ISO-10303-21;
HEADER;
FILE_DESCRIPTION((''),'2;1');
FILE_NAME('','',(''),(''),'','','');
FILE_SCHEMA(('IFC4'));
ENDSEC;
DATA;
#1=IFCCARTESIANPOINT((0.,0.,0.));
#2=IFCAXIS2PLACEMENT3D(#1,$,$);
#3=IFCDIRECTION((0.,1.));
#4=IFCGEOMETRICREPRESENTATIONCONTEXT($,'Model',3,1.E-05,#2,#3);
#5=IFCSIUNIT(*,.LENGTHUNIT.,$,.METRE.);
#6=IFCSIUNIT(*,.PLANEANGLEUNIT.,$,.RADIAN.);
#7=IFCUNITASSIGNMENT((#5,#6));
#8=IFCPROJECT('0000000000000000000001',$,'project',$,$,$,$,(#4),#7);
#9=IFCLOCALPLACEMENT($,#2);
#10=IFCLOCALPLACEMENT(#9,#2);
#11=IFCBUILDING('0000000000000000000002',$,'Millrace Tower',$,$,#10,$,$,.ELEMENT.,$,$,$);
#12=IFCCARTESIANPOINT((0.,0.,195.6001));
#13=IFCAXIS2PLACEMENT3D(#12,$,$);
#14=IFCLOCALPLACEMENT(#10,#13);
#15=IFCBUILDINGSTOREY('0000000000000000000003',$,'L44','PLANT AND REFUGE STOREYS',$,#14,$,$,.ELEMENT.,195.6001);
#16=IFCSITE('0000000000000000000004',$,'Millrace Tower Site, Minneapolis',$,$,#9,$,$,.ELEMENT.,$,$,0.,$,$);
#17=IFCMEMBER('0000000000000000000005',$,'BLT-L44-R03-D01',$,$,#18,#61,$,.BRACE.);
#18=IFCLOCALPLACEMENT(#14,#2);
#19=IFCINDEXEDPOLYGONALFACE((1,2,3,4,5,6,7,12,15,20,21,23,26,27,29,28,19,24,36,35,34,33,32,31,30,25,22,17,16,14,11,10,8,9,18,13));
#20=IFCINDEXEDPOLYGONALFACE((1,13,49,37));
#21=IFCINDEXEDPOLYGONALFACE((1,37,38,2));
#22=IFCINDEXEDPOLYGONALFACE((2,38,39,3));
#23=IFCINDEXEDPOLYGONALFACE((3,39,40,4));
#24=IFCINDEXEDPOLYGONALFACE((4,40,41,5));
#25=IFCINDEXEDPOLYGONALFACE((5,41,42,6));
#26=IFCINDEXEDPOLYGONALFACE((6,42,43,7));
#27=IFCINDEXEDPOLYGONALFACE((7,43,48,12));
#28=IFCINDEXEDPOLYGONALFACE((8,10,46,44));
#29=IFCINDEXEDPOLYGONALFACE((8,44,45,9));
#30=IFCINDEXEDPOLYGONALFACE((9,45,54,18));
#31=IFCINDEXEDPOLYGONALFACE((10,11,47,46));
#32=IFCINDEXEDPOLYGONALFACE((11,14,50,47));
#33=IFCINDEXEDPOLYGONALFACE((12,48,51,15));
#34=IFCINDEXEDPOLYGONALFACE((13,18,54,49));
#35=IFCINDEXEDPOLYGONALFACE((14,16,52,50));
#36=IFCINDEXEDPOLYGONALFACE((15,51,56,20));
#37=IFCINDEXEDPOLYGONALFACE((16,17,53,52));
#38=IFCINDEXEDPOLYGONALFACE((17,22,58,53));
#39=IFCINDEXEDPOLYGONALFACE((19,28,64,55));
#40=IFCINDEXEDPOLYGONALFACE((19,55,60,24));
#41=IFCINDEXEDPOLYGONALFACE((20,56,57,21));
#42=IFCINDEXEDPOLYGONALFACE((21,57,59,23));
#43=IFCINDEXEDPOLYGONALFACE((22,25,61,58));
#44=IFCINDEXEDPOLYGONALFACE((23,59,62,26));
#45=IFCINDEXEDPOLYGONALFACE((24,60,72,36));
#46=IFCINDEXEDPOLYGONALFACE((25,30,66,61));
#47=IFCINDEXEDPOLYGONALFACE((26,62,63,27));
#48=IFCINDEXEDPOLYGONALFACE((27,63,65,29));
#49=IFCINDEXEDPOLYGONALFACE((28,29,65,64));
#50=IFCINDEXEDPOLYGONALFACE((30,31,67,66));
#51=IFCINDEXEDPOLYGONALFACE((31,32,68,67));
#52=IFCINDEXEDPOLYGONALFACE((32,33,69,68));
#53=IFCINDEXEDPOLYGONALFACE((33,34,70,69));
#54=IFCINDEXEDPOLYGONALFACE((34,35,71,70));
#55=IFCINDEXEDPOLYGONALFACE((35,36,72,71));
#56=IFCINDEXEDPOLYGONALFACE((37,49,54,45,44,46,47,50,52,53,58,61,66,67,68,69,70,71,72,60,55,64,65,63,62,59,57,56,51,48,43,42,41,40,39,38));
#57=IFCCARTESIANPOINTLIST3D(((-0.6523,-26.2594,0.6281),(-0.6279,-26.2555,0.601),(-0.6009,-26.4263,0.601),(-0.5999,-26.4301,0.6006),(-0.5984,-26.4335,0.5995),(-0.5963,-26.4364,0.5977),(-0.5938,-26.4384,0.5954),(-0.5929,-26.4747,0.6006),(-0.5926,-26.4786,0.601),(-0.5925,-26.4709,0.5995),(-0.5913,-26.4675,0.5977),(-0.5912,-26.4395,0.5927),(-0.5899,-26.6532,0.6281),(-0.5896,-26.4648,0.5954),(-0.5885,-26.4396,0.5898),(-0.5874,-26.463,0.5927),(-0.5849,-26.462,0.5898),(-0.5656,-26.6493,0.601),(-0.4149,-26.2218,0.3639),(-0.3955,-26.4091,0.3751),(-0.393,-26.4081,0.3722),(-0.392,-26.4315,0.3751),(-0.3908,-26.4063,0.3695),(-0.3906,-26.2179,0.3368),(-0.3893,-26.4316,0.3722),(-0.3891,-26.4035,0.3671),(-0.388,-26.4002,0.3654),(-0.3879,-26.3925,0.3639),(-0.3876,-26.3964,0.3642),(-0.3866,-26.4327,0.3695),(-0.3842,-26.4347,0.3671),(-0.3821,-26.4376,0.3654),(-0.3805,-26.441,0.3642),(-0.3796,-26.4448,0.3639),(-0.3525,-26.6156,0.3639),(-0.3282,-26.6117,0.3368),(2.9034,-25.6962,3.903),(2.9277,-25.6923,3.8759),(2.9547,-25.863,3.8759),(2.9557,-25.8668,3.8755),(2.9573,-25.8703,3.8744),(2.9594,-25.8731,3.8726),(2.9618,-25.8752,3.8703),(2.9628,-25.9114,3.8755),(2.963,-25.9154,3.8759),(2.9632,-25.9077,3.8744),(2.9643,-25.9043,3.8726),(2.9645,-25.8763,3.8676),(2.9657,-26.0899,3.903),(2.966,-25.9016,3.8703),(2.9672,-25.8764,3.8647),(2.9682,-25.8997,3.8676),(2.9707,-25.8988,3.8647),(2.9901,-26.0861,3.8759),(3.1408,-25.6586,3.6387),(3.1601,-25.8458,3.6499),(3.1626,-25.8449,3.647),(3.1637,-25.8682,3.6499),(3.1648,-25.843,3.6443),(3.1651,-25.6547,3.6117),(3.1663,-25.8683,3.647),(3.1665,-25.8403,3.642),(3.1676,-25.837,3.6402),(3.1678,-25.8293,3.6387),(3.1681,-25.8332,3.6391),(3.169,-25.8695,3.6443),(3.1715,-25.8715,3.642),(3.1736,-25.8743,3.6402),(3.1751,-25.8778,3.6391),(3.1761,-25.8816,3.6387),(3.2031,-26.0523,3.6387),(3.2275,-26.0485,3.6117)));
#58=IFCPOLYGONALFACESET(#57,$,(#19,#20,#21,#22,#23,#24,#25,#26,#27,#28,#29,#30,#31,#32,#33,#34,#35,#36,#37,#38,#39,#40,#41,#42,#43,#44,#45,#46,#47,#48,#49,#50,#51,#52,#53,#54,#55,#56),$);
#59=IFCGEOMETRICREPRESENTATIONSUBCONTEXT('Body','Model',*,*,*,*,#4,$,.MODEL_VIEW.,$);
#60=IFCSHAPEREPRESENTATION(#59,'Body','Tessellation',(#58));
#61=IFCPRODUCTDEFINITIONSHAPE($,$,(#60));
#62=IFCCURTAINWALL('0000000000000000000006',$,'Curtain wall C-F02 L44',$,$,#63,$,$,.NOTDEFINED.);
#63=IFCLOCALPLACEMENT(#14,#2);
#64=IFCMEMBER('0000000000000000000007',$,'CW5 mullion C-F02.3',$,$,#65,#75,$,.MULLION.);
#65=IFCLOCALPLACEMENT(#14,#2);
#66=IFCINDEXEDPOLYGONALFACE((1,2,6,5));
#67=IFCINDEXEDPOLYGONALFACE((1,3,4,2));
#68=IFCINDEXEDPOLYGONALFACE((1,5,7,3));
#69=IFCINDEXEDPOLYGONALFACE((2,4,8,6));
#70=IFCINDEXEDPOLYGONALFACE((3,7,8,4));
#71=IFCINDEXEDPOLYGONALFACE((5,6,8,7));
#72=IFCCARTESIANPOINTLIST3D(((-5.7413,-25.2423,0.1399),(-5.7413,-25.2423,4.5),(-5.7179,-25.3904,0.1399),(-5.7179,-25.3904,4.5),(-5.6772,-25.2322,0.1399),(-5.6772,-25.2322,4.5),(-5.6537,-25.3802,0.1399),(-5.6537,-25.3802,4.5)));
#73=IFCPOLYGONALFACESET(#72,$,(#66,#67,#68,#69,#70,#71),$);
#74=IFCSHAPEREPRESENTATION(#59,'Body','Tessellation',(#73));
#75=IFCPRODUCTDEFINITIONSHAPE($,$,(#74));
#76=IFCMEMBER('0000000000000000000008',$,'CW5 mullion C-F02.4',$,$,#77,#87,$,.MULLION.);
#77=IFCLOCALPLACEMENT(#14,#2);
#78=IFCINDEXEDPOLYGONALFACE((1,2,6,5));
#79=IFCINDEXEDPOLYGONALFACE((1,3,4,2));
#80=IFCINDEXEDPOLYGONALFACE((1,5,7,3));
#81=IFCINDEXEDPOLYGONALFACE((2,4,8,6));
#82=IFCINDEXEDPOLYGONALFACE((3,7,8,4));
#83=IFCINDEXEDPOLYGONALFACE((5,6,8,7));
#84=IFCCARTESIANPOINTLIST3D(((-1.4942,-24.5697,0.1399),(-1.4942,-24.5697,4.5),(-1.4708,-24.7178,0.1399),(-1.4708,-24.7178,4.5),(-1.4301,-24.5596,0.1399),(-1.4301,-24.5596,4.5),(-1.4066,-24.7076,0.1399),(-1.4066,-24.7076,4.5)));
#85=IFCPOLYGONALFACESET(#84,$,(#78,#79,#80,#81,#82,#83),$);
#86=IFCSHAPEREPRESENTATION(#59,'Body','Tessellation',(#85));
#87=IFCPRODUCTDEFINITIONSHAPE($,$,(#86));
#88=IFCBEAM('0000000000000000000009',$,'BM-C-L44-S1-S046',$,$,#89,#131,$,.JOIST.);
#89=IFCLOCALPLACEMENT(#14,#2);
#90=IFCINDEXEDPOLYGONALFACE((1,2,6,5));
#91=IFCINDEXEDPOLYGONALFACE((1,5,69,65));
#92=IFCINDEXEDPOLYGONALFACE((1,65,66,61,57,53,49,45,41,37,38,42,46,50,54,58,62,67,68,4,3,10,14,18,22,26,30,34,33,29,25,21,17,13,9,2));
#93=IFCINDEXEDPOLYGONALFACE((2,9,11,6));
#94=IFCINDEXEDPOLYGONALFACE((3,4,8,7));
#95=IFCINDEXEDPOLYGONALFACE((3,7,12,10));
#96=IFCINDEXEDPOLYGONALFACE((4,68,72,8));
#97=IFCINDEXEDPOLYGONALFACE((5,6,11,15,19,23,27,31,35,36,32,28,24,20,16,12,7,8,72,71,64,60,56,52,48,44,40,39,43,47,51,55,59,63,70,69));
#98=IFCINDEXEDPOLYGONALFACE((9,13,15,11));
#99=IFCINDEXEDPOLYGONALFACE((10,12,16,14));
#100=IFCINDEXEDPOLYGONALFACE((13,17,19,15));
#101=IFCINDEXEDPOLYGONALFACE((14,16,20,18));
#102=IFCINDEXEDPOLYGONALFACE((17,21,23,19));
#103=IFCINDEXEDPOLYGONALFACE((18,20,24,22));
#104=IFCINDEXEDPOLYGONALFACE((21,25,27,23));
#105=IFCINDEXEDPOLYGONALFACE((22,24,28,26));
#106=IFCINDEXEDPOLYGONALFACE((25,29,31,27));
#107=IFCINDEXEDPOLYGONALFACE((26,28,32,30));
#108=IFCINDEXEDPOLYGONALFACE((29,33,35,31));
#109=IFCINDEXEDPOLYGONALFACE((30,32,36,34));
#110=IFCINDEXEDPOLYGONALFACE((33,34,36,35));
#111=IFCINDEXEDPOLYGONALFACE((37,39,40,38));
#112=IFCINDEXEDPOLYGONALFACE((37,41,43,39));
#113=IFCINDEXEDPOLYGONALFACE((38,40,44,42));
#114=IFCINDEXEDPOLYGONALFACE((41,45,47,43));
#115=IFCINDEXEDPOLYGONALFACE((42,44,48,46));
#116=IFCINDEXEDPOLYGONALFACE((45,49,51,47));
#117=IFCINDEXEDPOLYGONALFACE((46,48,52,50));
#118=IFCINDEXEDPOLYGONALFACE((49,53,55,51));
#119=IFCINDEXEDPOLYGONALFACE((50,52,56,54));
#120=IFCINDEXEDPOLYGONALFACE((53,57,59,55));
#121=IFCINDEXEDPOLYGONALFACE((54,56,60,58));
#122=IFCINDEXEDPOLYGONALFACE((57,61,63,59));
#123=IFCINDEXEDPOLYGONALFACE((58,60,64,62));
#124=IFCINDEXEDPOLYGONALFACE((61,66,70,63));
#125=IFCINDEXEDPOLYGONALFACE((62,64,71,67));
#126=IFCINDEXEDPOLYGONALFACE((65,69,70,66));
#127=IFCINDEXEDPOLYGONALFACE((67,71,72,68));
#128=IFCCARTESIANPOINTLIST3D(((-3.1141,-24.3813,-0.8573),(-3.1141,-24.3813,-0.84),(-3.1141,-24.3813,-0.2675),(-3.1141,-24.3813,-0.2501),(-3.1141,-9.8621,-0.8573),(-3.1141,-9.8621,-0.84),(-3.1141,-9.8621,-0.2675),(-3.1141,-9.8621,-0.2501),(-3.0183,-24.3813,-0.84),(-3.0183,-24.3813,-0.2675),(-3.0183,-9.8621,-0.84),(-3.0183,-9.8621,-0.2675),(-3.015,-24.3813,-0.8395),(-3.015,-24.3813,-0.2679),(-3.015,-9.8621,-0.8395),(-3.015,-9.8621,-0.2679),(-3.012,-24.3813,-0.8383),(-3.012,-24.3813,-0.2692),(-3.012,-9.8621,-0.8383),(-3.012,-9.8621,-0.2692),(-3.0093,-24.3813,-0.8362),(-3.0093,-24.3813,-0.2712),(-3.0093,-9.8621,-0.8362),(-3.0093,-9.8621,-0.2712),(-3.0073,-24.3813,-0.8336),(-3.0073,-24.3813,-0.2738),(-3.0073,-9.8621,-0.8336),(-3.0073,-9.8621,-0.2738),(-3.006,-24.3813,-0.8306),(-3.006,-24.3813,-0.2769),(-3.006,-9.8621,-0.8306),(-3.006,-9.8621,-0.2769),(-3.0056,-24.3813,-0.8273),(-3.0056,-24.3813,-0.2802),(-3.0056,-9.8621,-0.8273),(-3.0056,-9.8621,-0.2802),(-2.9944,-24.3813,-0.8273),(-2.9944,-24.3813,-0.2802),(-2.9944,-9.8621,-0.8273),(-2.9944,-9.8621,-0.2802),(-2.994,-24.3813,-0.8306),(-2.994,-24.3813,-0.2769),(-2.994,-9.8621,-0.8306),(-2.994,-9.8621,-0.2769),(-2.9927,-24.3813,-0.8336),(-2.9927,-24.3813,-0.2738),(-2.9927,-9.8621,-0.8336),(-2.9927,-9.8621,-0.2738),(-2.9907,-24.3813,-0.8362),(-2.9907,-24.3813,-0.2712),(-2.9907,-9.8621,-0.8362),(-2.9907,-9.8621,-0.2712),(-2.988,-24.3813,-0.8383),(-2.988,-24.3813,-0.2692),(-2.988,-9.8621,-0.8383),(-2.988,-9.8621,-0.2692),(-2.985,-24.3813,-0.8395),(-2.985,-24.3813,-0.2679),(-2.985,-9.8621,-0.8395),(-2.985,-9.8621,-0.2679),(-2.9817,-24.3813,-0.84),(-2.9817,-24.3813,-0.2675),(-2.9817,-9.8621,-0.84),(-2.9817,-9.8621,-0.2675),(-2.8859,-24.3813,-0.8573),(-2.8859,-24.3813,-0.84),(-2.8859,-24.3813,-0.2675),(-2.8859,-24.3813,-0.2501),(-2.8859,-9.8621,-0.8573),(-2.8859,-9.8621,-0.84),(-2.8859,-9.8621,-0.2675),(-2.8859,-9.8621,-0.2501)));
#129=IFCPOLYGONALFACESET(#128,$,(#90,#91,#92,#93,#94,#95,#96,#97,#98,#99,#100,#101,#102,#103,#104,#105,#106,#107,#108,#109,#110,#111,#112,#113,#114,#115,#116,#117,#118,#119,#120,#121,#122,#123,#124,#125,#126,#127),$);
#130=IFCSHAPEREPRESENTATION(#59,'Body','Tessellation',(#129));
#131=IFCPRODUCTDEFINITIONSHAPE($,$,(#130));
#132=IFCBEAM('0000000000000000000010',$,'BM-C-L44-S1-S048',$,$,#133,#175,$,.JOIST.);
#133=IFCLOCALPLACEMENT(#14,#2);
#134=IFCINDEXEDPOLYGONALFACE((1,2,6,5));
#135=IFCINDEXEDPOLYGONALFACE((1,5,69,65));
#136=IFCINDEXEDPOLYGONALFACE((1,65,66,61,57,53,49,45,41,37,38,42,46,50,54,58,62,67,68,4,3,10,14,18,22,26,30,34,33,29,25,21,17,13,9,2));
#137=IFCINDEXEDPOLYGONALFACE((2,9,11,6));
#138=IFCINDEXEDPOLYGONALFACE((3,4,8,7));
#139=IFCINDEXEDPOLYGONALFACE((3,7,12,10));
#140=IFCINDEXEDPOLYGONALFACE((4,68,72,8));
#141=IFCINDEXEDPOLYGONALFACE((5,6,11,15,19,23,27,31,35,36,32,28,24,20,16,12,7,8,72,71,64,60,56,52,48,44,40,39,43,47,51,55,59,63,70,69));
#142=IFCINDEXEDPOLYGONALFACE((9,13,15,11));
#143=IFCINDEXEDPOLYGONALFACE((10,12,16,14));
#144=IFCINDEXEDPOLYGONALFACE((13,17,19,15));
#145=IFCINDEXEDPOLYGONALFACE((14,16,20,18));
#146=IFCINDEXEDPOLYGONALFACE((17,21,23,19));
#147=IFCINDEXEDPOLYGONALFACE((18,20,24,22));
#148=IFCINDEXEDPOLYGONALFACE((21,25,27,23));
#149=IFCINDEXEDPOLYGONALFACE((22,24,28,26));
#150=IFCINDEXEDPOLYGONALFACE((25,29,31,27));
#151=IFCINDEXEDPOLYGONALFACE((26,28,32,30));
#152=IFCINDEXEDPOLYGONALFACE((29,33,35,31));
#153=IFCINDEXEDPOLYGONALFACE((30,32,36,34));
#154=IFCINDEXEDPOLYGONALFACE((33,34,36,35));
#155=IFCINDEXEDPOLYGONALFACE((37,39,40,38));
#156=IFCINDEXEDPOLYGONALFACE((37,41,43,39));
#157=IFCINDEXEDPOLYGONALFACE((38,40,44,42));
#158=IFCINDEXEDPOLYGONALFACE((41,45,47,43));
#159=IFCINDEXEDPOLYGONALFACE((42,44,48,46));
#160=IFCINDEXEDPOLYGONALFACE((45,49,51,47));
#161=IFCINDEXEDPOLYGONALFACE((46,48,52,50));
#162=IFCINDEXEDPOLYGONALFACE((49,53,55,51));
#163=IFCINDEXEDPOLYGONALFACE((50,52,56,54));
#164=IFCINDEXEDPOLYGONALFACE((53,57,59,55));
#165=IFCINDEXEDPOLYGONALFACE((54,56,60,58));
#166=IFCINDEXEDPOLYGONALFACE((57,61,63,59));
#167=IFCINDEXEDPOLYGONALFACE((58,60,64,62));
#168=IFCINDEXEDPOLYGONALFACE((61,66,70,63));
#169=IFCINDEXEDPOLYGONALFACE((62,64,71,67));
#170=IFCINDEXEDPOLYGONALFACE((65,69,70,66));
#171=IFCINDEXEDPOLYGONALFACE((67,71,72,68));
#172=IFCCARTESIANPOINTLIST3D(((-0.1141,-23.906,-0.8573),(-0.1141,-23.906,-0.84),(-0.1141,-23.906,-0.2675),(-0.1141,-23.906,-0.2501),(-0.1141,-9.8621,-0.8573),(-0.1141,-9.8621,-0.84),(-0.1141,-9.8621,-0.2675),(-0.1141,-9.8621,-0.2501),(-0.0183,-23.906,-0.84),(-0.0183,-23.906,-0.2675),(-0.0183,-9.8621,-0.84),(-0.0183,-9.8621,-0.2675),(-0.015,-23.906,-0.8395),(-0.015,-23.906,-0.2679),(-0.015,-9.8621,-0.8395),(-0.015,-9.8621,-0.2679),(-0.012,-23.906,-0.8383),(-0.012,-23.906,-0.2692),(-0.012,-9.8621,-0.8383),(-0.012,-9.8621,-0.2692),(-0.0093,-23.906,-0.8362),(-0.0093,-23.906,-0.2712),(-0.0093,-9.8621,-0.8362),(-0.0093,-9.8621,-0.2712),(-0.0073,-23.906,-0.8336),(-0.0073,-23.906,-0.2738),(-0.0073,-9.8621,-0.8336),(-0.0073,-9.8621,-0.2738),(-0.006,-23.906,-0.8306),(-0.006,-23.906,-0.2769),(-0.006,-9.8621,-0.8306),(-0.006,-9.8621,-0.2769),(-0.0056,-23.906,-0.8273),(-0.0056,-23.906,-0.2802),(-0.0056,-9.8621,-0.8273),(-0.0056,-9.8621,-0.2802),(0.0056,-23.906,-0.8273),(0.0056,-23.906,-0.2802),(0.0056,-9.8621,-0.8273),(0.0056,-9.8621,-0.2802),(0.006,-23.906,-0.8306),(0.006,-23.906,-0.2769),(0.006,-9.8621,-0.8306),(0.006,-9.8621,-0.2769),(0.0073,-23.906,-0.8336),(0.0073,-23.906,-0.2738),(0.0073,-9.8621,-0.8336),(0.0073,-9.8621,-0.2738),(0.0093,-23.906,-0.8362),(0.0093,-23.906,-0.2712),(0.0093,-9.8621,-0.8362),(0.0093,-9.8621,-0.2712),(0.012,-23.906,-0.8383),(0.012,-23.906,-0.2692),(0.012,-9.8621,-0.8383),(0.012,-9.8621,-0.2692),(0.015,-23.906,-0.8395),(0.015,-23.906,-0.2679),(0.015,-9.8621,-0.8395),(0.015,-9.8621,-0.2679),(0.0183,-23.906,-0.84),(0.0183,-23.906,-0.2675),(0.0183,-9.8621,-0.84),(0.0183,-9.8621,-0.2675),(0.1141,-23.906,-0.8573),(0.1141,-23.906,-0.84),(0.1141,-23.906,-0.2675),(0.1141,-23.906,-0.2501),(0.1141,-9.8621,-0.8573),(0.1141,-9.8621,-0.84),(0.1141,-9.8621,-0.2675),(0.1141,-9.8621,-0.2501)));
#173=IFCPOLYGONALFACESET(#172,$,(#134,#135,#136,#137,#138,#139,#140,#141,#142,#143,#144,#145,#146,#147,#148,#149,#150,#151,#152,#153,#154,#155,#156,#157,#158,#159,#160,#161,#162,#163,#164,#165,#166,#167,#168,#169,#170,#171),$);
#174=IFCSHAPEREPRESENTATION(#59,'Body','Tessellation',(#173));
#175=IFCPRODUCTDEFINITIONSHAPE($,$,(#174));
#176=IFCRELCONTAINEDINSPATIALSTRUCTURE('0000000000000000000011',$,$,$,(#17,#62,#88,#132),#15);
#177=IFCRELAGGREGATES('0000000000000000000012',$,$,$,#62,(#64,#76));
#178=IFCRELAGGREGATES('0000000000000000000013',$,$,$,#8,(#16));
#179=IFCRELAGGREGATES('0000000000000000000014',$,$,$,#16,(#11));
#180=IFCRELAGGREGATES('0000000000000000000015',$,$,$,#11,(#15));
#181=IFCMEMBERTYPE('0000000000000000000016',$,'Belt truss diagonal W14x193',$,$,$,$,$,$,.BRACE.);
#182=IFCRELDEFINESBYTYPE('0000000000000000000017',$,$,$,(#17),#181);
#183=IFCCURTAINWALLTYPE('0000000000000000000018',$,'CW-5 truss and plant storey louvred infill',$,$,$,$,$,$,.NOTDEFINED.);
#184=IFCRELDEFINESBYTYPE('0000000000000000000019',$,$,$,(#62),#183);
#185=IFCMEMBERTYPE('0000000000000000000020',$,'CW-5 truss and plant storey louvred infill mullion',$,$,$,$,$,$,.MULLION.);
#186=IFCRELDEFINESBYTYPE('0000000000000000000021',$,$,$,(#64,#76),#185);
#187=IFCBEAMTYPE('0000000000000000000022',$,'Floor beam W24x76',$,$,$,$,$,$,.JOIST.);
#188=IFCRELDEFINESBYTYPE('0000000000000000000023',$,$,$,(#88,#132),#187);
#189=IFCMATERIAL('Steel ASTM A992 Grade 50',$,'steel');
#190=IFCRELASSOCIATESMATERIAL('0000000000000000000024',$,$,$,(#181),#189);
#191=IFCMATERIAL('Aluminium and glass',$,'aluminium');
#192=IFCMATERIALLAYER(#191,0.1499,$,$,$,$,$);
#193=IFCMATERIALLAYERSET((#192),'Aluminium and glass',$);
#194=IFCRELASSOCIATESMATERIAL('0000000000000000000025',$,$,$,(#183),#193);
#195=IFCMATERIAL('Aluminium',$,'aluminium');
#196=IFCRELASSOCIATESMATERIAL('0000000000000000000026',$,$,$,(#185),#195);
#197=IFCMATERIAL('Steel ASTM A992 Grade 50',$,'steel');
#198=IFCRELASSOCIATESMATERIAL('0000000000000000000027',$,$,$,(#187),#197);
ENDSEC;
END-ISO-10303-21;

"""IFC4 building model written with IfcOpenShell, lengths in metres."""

from ifc_helpers import new_model, si_unit, direction, frame, origin, origin_2d, place, context, subcontext, project, spatial, rectangle, i_section, extrude, material, layer, layer_set, material_profile, profile_set, type_object, element, aggregate, save


model = new_model("IFC4")

# Units and contexts
model_context = context("Model", 3, precision=1e-05, world=origin(), true_north=direction((0.0, 1.0)))
body_context = subcontext(model_context, "Body", "Model", "MODEL_VIEW")
ifc_project = project(units=[si_unit("LENGTHUNIT", "METRE"), si_unit("PLANEANGLEUNIT", "RADIAN")], contexts=[model_context])

# Site, building, storey
site_placement = place(None, origin())
site = spatial("IfcSite", under=ifc_project, at=site_placement, Name="Millrace Tower Site, Minneapolis", CompositionType="ELEMENT", RefElevation=0.0)
building_placement = place(site_placement, origin())
building = spatial("IfcBuilding", under=site, at=building_placement, Name="Millrace Tower", CompositionType="ELEMENT")
storey_placement = place(building_placement, frame((0.0, 0.0, 195.6001)))
storey = spatial("IfcBuildingStorey", under=building, at=storey_placement, Name="L44", Description="PLANT AND REFUGE STOREYS", CompositionType="ELEMENT", Elevation=195.6001)

# Member
ifc_material_1 = material(Name="Steel ASTM A992 Grade 50", Category="steel")
ifc_material_profile_1 = material_profile(ifc_material_1, i_section(OverallWidth=0.3987, OverallDepth=0.3938, WebThickness=0.0227, FlangeThickness=0.0366, FilletRadius=0.0151, at=origin_2d()))
ifc_profile_set_1 = profile_set([ifc_material_profile_1], Name="Steel ASTM A992 Grade 50")
member_type_1 = type_object("IfcMemberType", Name="Belt truss diagonal W14x193", PredefinedType="BRACE", material=ifc_profile_set_1)
member_1_placement = place(storey_placement, frame((-0.4902, -26.4355, 0.4824), z_axis=(0.730608, 0.115731, 0.672918), x_axis=(-0.156454, 0.987685, 0.0)))
element("IfcMember", 1, at=member_1_placement, inside=storey, type_object=member_type_1, Name="BLT-L44-R03-D01", PredefinedType="BRACE", context=body_context, shape_type="SweptSolid", body=[
    extrude(i_section(OverallWidth=0.3987, OverallDepth=0.3938, WebThickness=0.0227, FlangeThickness=0.0366, FilletRadius=0.0151, at=origin_2d()), origin(), (0.0, 0.0, 1.0), 4.8667),
])

# Curtain wall, members
ifc_material_2 = material(Name="Aluminium and glass", Category="aluminium")
ifc_layer_1 = layer(ifc_material_2, 0.1499)
ifc_layer_set_1 = layer_set([ifc_layer_1], Name="Aluminium and glass")
curtain_wall_type = type_object("IfcCurtainWallType", Name="CW-5 truss and plant storey louvred infill", PredefinedType="NOTDEFINED", material=ifc_layer_set_1)
curtain_wall_placement = place(storey_placement, origin())
curtain_wall = element("IfcCurtainWall", 2, at=curtain_wall_placement, inside=storey, type_object=curtain_wall_type, Name="Curtain wall C-F02 L44", PredefinedType="NOTDEFINED")
ifc_material_3 = material(Name="Aluminium", Category="aluminium")
ifc_material_profile_2 = material_profile(ifc_material_3, rectangle(XDim=0.0649, YDim=0.1499, at=origin_2d()))
ifc_profile_set_2 = profile_set([ifc_material_profile_2], Name="Aluminium")
member_type_2 = type_object("IfcMemberType", Name="CW-5 truss and plant storey louvred infill mullion", PredefinedType="MULLION", material=ifc_profile_set_2)
member_2_placement = place(storey_placement, frame((-5.6975, -25.3113, 0.1399), z_axis=(0.0, 0.0, 1.0), x_axis=(0.987688, 0.156434, 0.0)))
member_2 = element("IfcMember", 3, at=member_2_placement, type_object=member_type_2, Name="CW5 mullion C-F02.3", PredefinedType="MULLION", context=body_context, shape_type="SweptSolid", body=[
    extrude(rectangle(XDim=0.0649, YDim=0.1499, at=origin_2d()), origin(), (0.0, 0.0, 1.0), 4.3601),
])
member_3_placement = place(storey_placement, frame((-1.4504, -24.6387, 0.1399), z_axis=(0.0, 0.0, 1.0), x_axis=(0.987688, 0.156434, 0.0)))
member_3 = element("IfcMember", 4, at=member_3_placement, type_object=member_type_2, Name="CW5 mullion C-F02.4", PredefinedType="MULLION", context=body_context, shape_type="SweptSolid", body=[
    extrude(rectangle(XDim=0.0649, YDim=0.1499, at=origin_2d()), origin(), (0.0, 0.0, 1.0), 4.3601),
])
aggregate(curtain_wall, [member_2, member_3])

# Beams
ifc_material_4 = material(Name="Steel ASTM A992 Grade 50", Category="steel")
ifc_material_profile_3 = material_profile(ifc_material_4, i_section(OverallWidth=0.2283, OverallDepth=0.6072, WebThickness=0.0112, FlangeThickness=0.0173, FilletRadius=0.0127, at=origin_2d()))
ifc_profile_set_3 = profile_set([ifc_material_profile_3], Name="Steel ASTM A992 Grade 50")
beam_type_1 = type_object("IfcBeamType", Name="Floor beam W24x76", PredefinedType="JOIST", material=ifc_profile_set_3)
beam_1_placement = place(storey_placement, frame((-3.0, -24.3813, -0.5537), z_axis=(0.0, 1.0, 0.0), x_axis=(-1.0, 0.0, 0.0)))
element("IfcBeam", 5, at=beam_1_placement, inside=storey, type_object=beam_type_1, Name="BM-C-L44-S1-S046", PredefinedType="JOIST", context=body_context, shape_type="SweptSolid", body=[
    extrude(i_section(OverallWidth=0.2283, OverallDepth=0.6072, WebThickness=0.0112, FlangeThickness=0.0173, FilletRadius=0.0127, at=origin_2d()), origin(), (0.0, 0.0, 1.0), 14.5193),
])
beam_2_placement = place(storey_placement, frame((0.0, -23.906, -0.5537), z_axis=(0.0, 1.0, 0.0), x_axis=(-1.0, 0.0, 0.0)))
element("IfcBeam", 6, at=beam_2_placement, inside=storey, type_object=beam_type_1, Name="BM-C-L44-S1-S048", PredefinedType="JOIST", context=body_context, shape_type="SweptSolid", body=[
    extrude(i_section(OverallWidth=0.2283, OverallDepth=0.6072, WebThickness=0.0112, FlangeThickness=0.0173, FilletRadius=0.0127, at=origin_2d()), origin(), (0.0, 0.0, 1.0), 14.0439),
])

save(model, "model.ifc")
